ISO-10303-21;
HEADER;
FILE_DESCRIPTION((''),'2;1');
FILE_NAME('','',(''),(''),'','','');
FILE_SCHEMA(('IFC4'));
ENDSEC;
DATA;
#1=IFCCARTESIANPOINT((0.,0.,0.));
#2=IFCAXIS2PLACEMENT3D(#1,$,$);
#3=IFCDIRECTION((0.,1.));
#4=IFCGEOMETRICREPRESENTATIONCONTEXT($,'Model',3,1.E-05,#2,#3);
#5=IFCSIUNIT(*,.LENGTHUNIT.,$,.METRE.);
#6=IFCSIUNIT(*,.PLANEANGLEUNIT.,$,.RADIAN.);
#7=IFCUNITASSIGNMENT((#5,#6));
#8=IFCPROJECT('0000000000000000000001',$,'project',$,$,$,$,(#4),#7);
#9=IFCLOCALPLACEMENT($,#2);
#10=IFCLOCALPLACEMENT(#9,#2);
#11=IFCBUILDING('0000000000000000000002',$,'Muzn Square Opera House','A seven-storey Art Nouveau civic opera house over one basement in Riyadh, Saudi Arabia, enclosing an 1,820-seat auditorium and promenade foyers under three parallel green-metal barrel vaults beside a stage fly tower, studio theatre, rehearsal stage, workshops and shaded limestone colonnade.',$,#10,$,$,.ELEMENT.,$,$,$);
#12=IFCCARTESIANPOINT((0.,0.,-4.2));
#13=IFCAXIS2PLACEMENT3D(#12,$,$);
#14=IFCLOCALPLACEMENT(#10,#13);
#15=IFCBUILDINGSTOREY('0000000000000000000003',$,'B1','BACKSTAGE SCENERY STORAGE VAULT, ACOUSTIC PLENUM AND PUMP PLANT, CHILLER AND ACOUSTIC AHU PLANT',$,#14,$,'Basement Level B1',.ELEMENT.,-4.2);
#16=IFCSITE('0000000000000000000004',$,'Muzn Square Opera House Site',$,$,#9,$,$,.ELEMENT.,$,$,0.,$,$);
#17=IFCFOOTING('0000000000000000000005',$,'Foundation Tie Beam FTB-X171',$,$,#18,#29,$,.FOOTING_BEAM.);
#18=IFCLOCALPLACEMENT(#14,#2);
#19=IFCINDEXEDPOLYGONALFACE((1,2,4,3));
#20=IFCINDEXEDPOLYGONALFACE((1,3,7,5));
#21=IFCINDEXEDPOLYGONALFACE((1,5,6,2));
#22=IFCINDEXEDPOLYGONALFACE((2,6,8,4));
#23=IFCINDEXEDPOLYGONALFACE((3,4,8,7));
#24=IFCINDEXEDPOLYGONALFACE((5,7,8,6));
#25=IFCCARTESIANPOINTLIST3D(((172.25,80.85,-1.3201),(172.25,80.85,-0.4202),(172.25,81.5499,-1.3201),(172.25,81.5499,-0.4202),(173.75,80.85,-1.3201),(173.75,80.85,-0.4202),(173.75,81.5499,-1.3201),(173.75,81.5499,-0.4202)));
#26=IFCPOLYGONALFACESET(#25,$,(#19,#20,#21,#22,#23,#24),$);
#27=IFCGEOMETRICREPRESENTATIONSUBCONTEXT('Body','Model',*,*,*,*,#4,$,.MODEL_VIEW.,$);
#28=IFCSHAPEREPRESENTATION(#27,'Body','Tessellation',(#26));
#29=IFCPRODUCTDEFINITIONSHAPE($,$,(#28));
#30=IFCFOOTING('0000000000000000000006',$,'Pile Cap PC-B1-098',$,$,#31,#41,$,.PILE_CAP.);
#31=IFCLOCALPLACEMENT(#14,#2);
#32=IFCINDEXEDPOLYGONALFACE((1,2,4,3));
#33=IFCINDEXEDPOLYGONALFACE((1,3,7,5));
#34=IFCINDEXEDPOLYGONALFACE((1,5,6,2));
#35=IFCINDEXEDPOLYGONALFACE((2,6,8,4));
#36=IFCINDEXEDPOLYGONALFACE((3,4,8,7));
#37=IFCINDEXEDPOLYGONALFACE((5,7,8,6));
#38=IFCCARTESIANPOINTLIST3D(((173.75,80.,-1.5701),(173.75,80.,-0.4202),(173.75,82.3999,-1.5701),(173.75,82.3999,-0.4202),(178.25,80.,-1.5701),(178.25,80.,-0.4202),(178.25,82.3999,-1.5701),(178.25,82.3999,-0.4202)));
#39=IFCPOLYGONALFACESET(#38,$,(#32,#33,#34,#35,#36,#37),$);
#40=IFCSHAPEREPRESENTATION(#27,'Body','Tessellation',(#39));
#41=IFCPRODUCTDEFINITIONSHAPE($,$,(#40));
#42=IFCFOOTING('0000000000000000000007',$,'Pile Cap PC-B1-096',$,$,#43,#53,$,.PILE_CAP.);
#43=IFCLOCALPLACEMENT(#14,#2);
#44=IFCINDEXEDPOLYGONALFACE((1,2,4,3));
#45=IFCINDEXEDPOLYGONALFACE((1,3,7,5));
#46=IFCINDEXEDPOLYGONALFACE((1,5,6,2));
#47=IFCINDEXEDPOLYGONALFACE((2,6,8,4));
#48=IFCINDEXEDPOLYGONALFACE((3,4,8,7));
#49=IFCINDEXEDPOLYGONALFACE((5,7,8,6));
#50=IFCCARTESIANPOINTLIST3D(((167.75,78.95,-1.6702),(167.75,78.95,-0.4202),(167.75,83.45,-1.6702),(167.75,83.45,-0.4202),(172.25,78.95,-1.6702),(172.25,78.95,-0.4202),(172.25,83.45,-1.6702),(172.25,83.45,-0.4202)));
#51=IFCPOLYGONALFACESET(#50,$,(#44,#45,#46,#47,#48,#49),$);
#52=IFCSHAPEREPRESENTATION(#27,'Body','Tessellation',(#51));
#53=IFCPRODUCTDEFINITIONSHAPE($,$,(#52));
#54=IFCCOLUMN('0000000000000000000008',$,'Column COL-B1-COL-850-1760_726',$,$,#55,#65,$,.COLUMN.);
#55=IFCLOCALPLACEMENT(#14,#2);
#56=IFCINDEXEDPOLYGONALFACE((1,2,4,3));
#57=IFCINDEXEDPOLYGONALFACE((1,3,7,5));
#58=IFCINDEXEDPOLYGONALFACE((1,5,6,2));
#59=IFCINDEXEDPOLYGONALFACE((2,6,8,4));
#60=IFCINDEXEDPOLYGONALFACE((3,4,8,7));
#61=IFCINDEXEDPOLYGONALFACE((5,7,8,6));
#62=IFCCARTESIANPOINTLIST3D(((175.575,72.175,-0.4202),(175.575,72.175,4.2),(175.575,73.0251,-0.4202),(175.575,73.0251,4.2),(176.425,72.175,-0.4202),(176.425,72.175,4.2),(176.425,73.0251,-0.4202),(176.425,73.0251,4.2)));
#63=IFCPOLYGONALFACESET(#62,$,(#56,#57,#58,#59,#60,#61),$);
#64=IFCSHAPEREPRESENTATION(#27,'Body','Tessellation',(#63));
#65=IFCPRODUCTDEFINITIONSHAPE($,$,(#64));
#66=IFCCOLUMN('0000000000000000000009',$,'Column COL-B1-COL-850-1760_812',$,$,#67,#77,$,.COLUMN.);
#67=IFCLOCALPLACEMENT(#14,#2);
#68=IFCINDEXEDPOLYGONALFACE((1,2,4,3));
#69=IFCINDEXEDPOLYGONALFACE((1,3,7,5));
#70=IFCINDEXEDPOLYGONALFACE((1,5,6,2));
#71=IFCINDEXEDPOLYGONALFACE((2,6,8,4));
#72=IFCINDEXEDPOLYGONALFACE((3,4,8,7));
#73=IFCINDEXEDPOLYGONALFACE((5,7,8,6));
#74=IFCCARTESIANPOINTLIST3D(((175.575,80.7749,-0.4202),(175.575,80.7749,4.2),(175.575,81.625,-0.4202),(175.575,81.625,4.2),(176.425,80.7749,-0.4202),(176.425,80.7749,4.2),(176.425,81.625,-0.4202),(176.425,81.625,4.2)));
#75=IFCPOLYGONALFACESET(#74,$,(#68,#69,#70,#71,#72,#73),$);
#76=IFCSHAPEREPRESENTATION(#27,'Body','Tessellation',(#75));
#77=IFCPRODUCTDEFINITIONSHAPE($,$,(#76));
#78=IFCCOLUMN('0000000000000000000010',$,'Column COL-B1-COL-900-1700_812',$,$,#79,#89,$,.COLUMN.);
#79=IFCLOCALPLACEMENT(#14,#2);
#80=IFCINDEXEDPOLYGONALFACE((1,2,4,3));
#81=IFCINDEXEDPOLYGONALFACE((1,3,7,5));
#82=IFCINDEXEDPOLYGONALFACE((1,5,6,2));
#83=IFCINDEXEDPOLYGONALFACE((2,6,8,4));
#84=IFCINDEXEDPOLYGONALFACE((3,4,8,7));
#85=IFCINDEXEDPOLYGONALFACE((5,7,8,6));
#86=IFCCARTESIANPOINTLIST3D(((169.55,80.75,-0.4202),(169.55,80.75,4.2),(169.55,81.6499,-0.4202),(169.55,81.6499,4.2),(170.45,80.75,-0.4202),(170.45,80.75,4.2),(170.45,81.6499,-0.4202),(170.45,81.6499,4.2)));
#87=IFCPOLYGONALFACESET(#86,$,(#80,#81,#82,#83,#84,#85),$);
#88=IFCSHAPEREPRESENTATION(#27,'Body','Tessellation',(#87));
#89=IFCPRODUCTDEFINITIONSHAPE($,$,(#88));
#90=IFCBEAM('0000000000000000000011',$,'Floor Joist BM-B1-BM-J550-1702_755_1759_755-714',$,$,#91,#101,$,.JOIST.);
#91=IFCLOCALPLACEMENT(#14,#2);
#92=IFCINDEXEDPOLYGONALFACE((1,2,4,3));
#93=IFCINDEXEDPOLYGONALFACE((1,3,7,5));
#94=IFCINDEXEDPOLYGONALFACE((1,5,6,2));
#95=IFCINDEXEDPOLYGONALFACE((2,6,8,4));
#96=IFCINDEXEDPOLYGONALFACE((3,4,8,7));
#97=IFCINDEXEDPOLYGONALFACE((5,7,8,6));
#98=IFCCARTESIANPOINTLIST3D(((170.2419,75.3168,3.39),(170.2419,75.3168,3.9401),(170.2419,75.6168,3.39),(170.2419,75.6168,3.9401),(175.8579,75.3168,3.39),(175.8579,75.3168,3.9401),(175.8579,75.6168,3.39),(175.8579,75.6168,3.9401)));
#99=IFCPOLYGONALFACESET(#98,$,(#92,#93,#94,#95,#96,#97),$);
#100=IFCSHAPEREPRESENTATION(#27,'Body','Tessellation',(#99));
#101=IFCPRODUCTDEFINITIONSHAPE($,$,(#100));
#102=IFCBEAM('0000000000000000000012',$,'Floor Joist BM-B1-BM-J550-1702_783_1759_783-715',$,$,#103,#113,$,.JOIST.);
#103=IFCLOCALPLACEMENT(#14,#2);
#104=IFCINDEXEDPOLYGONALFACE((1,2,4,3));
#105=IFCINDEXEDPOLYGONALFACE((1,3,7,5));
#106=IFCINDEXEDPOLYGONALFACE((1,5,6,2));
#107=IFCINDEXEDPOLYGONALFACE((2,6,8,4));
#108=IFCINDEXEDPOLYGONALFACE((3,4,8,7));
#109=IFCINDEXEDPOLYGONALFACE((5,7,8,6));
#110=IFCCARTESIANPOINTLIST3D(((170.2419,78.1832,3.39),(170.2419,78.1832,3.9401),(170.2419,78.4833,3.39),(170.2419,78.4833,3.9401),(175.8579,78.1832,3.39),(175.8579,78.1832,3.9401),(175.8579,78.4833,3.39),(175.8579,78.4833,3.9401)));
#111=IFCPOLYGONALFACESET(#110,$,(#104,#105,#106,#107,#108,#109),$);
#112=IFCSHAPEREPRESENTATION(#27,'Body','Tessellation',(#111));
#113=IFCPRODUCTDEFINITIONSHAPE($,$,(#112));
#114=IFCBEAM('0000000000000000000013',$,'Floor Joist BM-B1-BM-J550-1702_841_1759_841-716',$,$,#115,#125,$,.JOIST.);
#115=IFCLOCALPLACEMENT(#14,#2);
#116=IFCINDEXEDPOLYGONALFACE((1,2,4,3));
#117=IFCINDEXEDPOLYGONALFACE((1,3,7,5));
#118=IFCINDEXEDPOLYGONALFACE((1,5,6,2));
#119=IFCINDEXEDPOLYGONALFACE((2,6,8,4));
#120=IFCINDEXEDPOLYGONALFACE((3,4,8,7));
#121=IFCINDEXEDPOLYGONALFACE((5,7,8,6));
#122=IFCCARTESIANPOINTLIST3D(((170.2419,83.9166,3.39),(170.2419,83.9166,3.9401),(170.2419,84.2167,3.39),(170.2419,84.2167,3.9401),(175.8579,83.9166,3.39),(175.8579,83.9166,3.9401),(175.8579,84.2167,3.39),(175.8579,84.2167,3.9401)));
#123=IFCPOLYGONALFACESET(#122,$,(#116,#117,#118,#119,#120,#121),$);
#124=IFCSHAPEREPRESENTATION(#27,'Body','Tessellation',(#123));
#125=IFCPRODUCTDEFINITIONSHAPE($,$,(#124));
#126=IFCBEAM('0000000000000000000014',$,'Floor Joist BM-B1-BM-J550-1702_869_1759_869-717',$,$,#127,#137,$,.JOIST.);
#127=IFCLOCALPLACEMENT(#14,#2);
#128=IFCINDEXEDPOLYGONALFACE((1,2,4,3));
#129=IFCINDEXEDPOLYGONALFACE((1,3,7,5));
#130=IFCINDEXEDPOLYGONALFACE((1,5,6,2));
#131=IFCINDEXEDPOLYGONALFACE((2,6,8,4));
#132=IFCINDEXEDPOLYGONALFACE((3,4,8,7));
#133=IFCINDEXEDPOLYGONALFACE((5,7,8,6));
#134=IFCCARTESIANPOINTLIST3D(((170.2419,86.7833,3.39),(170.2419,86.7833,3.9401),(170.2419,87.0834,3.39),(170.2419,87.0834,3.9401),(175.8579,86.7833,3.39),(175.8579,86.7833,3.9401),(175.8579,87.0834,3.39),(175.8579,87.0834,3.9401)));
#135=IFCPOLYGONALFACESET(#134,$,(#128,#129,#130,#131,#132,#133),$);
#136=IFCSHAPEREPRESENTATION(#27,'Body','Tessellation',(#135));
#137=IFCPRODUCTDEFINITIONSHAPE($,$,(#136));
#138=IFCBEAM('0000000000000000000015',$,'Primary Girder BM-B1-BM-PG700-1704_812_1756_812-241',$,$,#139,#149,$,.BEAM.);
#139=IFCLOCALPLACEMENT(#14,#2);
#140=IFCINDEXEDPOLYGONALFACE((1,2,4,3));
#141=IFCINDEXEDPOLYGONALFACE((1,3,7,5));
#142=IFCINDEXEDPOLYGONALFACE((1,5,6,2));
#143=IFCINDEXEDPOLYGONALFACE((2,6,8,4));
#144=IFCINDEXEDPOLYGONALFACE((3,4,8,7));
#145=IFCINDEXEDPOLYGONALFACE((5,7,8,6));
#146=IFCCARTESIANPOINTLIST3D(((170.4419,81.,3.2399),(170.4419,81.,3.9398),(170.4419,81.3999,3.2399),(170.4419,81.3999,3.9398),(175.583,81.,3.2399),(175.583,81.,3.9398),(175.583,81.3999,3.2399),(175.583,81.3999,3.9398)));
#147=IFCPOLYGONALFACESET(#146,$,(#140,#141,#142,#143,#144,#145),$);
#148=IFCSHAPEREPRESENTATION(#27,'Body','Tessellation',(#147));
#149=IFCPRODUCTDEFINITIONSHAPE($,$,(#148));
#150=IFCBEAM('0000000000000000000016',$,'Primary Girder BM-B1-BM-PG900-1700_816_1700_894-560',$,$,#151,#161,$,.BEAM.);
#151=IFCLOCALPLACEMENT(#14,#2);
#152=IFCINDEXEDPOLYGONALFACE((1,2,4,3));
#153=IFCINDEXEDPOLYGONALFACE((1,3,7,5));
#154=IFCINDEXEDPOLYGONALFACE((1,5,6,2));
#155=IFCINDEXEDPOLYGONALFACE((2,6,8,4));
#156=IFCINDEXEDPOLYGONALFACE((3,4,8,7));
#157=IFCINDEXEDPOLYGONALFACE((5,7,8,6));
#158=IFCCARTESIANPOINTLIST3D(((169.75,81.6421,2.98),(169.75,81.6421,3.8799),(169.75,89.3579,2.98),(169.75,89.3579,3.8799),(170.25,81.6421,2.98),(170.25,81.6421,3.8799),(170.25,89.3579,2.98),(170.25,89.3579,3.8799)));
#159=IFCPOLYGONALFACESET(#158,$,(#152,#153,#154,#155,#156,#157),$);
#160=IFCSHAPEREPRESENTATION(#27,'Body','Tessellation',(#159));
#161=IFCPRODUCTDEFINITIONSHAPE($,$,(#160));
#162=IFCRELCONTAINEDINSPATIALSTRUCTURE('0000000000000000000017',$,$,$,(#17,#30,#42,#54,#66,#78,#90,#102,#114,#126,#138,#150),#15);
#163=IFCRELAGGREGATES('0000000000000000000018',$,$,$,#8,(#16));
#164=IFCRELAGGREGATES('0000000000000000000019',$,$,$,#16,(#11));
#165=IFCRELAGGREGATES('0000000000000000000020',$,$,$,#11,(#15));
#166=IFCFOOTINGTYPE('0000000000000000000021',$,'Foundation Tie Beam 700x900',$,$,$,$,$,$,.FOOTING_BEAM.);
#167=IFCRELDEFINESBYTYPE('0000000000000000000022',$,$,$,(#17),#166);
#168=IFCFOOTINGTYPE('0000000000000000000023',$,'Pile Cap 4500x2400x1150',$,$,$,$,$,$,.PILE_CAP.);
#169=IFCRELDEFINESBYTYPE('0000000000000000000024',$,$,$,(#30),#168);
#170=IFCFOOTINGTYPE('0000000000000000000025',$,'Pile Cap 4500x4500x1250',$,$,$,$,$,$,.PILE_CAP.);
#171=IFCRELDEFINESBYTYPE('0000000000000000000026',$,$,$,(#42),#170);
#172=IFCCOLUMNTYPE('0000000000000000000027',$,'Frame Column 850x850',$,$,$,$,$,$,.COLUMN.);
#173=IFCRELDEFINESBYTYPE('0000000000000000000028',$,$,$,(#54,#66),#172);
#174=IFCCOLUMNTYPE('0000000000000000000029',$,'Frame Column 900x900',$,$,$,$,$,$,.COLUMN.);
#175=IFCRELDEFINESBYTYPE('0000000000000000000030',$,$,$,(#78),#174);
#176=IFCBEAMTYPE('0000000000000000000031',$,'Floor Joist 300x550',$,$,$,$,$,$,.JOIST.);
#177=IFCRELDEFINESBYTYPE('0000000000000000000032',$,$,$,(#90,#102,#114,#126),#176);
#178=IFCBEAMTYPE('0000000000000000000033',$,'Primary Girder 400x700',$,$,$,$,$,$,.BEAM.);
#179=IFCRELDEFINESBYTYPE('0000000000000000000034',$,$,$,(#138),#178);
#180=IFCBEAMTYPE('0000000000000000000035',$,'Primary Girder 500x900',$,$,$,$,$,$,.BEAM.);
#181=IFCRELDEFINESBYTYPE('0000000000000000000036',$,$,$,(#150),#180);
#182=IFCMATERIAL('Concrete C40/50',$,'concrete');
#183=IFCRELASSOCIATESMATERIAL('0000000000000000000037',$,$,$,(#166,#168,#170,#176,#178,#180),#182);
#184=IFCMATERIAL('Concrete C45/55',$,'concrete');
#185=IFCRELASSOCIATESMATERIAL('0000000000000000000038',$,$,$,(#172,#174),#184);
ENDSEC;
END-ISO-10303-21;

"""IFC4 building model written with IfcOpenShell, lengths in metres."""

from ifc_helpers import new_model, si_unit, direction, frame, origin, origin_2d, place, context, subcontext, project, spatial, rectangle, extrude, material, material_profile, profile_set, type_object, element, save


model = new_model("IFC4")

# Units and contexts
model_context = context("Model", 3, precision=1e-05, world=origin(), true_north=direction((0.0, 1.0)))
body_context = subcontext(model_context, "Body", "Model", "MODEL_VIEW")
ifc_project = project(units=[si_unit("LENGTHUNIT", "METRE"), si_unit("PLANEANGLEUNIT", "RADIAN")], contexts=[model_context])

# Site, building, storey
site_placement = place(None, origin())
site = spatial("IfcSite", under=ifc_project, at=site_placement, Name="Muzn Square Opera House Site", CompositionType="ELEMENT", RefElevation=0.0)
building_placement = place(site_placement, origin())
building = spatial("IfcBuilding", under=site, at=building_placement, Name="Muzn Square Opera House", Description="A seven-storey Art Nouveau civic opera house over one basement in Riyadh, Saudi Arabia, enclosing an 1,820-seat auditorium and promenade foyers under three parallel green-metal barrel vaults beside a stage fly tower, studio theatre, rehearsal stage, workshops and shaded limestone colonnade.", CompositionType="ELEMENT")
storey_placement = place(building_placement, frame((0.0, 0.0, -4.2)))
storey = spatial("IfcBuildingStorey", under=building, at=storey_placement, Name="B1", Description="BACKSTAGE SCENERY STORAGE VAULT, ACOUSTIC PLENUM AND PUMP PLANT, CHILLER AND ACOUSTIC AHU PLANT", LongName="Basement Level B1", CompositionType="ELEMENT", Elevation=-4.2)

# Shared definitions
ifc_material_1 = material(Name="Concrete C40/50", Category="concrete")

# Footings
ifc_material_profile_1 = material_profile(ifc_material_1, rectangle(XDim=0.7, YDim=0.8999, at=origin_2d()), Name="RCTB 700x900", Category="concrete")
ifc_profile_set_1 = profile_set([ifc_material_profile_1], Name="Concrete C40/50")
footing_type_1 = type_object("IfcFootingType", Name="Foundation Tie Beam 700x900", PredefinedType="FOOTING_BEAM", material=ifc_profile_set_1)
footing_1_placement = place(storey_placement, frame((172.25, 81.2, -0.8701), z_axis=(1.0, 0.0, 0.0), x_axis=(0.0, 1.0, 0.0)))
element("IfcFooting", 1, at=footing_1_placement, inside=storey, type_object=footing_type_1, Name="Foundation Tie Beam FTB-X171", PredefinedType="FOOTING_BEAM", context=body_context, shape_type="SweptSolid", body=[
    extrude(rectangle(XDim=0.7, YDim=0.8999, at=origin_2d()), origin(), (0.0, 0.0, 1.0), 1.5),
])
footing_type_2 = type_object("IfcFootingType", Name="Pile Cap 4500x2400x1150", PredefinedType="PILE_CAP", material=ifc_material_1)
footing_2_placement = place(storey_placement, frame((176.0, 81.2, -1.5701), z_axis=(0.0, 0.0, 1.0), x_axis=(1.0, 0.0, 0.0)))
element("IfcFooting", 2, at=footing_2_placement, inside=storey, type_object=footing_type_2, Name="Pile Cap PC-B1-098", PredefinedType="PILE_CAP", context=body_context, shape_type="SweptSolid", body=[
    extrude(rectangle(XDim=4.5, YDim=2.3999, at=origin_2d()), origin(), (0.0, 0.0, 1.0), 1.1499),
])
footing_type_3 = type_object("IfcFootingType", Name="Pile Cap 4500x4500x1250", PredefinedType="PILE_CAP", material=ifc_material_1)
footing_3_placement = place(storey_placement, frame((170.0, 81.2, -1.6702), z_axis=(0.0, 0.0, 1.0), x_axis=(1.0, 0.0, 0.0)))
element("IfcFooting", 3, at=footing_3_placement, inside=storey, type_object=footing_type_3, Name="Pile Cap PC-B1-096", PredefinedType="PILE_CAP", context=body_context, shape_type="SweptSolid", body=[
    extrude(rectangle(XDim=4.5, YDim=4.5, at=origin_2d()), origin(), (0.0, 0.0, 1.0), 1.25),
])

# Columns
ifc_material_2 = material(Name="Concrete C45/55", Category="concrete")
ifc_material_profile_2 = material_profile(ifc_material_2, rectangle(XDim=0.8501, YDim=0.8501, at=origin_2d()), Name="RC 850x850", Category="concrete")
ifc_profile_set_2 = profile_set([ifc_material_profile_2], Name="Concrete C45/55")
column_type_1 = type_object("IfcColumnType", Name="Frame Column 850x850", PredefinedType="COLUMN", material=ifc_profile_set_2)
for number, where, z_axis, x_axis, name in (
    (4, (176.0, 72.6001, -0.4202), (0.0, 0.0, 1.0), (1.0, 0.0, 0.0), "Column COL-B1-COL-850-1760_726"),
    (5, (176.0, 81.2, -0.4202), (0.0, 0.0, 1.0), (1.0, 0.0, 0.0), "Column COL-B1-COL-850-1760_812"),
):
    element("IfcColumn", number, at=place(storey_placement, frame(where, z_axis=z_axis, x_axis=x_axis)), inside=storey, type_object=column_type_1, Name=name, PredefinedType="COLUMN", context=body_context, shape_type="SweptSolid", body=[
        extrude(rectangle(XDim=0.8501, YDim=0.8501, at=origin_2d()), origin(), (0.0, 0.0, 1.0), 4.6201),
    ])
ifc_material_profile_3 = material_profile(ifc_material_2, rectangle(XDim=0.8999, YDim=0.8999, at=origin_2d()), Name="RC 900x900", Category="concrete")
ifc_profile_set_3 = profile_set([ifc_material_profile_3], Name="Concrete C45/55")
column_type_2 = type_object("IfcColumnType", Name="Frame Column 900x900", PredefinedType="COLUMN", material=ifc_profile_set_3)
column_placement = place(storey_placement, frame((170.0, 81.2, -0.4202), z_axis=(0.0, 0.0, 1.0), x_axis=(1.0, 0.0, 0.0)))
element("IfcColumn", 6, at=column_placement, inside=storey, type_object=column_type_2, Name="Column COL-B1-COL-900-1700_812", PredefinedType="COLUMN", context=body_context, shape_type="SweptSolid", body=[
    extrude(rectangle(XDim=0.8999, YDim=0.8999, at=origin_2d()), origin(), (0.0, 0.0, 1.0), 4.6201),
])

# Beams
ifc_material_profile_4 = material_profile(ifc_material_1, rectangle(XDim=0.3, YDim=0.55, at=origin_2d()), Name="RCJ 300x550", Category="concrete")
ifc_profile_set_4 = profile_set([ifc_material_profile_4], Name="Concrete C40/50")
beam_type_1 = type_object("IfcBeamType", Name="Floor Joist 300x550", PredefinedType="JOIST", material=ifc_profile_set_4)
for number, where, z_axis, x_axis, name in (
    (7, (170.2419, 75.4668, 3.665), (1.0, 0.0, 0.0), (0.0, 1.0, 0.0), "Floor Joist BM-B1-BM-J550-1702_755_1759_755-714"),
    (8, (170.2419, 78.3333, 3.665), (1.0, 0.0, 0.0), (0.0, 1.0, 0.0), "Floor Joist BM-B1-BM-J550-1702_783_1759_783-715"),
    (9, (170.2419, 84.0667, 3.665), (1.0, 0.0, 0.0), (0.0, 1.0, 0.0), "Floor Joist BM-B1-BM-J550-1702_841_1759_841-716"),
    (10, (170.2419, 86.9333, 3.665), (1.0, 0.0, 0.0), (0.0, 1.0, 0.0), "Floor Joist BM-B1-BM-J550-1702_869_1759_869-717"),
):
    element("IfcBeam", number, at=place(storey_placement, frame(where, z_axis=z_axis, x_axis=x_axis)), inside=storey, type_object=beam_type_1, Name=name, PredefinedType="JOIST", context=body_context, shape_type="SweptSolid", body=[
        extrude(rectangle(XDim=0.3, YDim=0.55, at=origin_2d()), origin(), (0.0, 0.0, 1.0), 5.616),
    ])
ifc_material_profile_5 = material_profile(ifc_material_1, rectangle(XDim=0.3999, YDim=0.7, at=origin_2d()), Name="RCB 400x700", Category="concrete")
ifc_profile_set_5 = profile_set([ifc_material_profile_5], Name="Concrete C40/50")
beam_type_2 = type_object("IfcBeamType", Name="Primary Girder 400x700", PredefinedType="BEAM", material=ifc_profile_set_5)
beam_1_placement = place(storey_placement, frame((170.4419, 81.2, 3.5898), z_axis=(1.0, 0.0, 0.0), x_axis=(0.0, 1.0, 0.0)))
element("IfcBeam", 11, at=beam_1_placement, inside=storey, type_object=beam_type_2, Name="Primary Girder BM-B1-BM-PG700-1704_812_1756_812-241", PredefinedType="BEAM", context=body_context, shape_type="SweptSolid", body=[
    extrude(rectangle(XDim=0.3999, YDim=0.7, at=origin_2d()), origin(), (0.0, 0.0, 1.0), 5.1411),
])
ifc_material_profile_6 = material_profile(ifc_material_1, rectangle(XDim=0.5, YDim=0.8999, at=origin_2d()), Name="RCB 500x900", Category="concrete")
ifc_profile_set_6 = profile_set([ifc_material_profile_6], Name="Concrete C40/50")
beam_type_3 = type_object("IfcBeamType", Name="Primary Girder 500x900", PredefinedType="BEAM", material=ifc_profile_set_6)
beam_2_placement = place(storey_placement, frame((170.0, 81.6421, 3.4299), z_axis=(0.0, 1.0, 0.0), x_axis=(-1.0, 0.0, 0.0)))
element("IfcBeam", 12, at=beam_2_placement, inside=storey, type_object=beam_type_3, Name="Primary Girder BM-B1-BM-PG900-1700_816_1700_894-560", PredefinedType="BEAM", context=body_context, shape_type="SweptSolid", body=[
    extrude(rectangle(XDim=0.5, YDim=0.8999, at=origin_2d()), origin(), (0.0, 0.0, 1.0), 7.7158),
])

save(model, "model.ifc")
